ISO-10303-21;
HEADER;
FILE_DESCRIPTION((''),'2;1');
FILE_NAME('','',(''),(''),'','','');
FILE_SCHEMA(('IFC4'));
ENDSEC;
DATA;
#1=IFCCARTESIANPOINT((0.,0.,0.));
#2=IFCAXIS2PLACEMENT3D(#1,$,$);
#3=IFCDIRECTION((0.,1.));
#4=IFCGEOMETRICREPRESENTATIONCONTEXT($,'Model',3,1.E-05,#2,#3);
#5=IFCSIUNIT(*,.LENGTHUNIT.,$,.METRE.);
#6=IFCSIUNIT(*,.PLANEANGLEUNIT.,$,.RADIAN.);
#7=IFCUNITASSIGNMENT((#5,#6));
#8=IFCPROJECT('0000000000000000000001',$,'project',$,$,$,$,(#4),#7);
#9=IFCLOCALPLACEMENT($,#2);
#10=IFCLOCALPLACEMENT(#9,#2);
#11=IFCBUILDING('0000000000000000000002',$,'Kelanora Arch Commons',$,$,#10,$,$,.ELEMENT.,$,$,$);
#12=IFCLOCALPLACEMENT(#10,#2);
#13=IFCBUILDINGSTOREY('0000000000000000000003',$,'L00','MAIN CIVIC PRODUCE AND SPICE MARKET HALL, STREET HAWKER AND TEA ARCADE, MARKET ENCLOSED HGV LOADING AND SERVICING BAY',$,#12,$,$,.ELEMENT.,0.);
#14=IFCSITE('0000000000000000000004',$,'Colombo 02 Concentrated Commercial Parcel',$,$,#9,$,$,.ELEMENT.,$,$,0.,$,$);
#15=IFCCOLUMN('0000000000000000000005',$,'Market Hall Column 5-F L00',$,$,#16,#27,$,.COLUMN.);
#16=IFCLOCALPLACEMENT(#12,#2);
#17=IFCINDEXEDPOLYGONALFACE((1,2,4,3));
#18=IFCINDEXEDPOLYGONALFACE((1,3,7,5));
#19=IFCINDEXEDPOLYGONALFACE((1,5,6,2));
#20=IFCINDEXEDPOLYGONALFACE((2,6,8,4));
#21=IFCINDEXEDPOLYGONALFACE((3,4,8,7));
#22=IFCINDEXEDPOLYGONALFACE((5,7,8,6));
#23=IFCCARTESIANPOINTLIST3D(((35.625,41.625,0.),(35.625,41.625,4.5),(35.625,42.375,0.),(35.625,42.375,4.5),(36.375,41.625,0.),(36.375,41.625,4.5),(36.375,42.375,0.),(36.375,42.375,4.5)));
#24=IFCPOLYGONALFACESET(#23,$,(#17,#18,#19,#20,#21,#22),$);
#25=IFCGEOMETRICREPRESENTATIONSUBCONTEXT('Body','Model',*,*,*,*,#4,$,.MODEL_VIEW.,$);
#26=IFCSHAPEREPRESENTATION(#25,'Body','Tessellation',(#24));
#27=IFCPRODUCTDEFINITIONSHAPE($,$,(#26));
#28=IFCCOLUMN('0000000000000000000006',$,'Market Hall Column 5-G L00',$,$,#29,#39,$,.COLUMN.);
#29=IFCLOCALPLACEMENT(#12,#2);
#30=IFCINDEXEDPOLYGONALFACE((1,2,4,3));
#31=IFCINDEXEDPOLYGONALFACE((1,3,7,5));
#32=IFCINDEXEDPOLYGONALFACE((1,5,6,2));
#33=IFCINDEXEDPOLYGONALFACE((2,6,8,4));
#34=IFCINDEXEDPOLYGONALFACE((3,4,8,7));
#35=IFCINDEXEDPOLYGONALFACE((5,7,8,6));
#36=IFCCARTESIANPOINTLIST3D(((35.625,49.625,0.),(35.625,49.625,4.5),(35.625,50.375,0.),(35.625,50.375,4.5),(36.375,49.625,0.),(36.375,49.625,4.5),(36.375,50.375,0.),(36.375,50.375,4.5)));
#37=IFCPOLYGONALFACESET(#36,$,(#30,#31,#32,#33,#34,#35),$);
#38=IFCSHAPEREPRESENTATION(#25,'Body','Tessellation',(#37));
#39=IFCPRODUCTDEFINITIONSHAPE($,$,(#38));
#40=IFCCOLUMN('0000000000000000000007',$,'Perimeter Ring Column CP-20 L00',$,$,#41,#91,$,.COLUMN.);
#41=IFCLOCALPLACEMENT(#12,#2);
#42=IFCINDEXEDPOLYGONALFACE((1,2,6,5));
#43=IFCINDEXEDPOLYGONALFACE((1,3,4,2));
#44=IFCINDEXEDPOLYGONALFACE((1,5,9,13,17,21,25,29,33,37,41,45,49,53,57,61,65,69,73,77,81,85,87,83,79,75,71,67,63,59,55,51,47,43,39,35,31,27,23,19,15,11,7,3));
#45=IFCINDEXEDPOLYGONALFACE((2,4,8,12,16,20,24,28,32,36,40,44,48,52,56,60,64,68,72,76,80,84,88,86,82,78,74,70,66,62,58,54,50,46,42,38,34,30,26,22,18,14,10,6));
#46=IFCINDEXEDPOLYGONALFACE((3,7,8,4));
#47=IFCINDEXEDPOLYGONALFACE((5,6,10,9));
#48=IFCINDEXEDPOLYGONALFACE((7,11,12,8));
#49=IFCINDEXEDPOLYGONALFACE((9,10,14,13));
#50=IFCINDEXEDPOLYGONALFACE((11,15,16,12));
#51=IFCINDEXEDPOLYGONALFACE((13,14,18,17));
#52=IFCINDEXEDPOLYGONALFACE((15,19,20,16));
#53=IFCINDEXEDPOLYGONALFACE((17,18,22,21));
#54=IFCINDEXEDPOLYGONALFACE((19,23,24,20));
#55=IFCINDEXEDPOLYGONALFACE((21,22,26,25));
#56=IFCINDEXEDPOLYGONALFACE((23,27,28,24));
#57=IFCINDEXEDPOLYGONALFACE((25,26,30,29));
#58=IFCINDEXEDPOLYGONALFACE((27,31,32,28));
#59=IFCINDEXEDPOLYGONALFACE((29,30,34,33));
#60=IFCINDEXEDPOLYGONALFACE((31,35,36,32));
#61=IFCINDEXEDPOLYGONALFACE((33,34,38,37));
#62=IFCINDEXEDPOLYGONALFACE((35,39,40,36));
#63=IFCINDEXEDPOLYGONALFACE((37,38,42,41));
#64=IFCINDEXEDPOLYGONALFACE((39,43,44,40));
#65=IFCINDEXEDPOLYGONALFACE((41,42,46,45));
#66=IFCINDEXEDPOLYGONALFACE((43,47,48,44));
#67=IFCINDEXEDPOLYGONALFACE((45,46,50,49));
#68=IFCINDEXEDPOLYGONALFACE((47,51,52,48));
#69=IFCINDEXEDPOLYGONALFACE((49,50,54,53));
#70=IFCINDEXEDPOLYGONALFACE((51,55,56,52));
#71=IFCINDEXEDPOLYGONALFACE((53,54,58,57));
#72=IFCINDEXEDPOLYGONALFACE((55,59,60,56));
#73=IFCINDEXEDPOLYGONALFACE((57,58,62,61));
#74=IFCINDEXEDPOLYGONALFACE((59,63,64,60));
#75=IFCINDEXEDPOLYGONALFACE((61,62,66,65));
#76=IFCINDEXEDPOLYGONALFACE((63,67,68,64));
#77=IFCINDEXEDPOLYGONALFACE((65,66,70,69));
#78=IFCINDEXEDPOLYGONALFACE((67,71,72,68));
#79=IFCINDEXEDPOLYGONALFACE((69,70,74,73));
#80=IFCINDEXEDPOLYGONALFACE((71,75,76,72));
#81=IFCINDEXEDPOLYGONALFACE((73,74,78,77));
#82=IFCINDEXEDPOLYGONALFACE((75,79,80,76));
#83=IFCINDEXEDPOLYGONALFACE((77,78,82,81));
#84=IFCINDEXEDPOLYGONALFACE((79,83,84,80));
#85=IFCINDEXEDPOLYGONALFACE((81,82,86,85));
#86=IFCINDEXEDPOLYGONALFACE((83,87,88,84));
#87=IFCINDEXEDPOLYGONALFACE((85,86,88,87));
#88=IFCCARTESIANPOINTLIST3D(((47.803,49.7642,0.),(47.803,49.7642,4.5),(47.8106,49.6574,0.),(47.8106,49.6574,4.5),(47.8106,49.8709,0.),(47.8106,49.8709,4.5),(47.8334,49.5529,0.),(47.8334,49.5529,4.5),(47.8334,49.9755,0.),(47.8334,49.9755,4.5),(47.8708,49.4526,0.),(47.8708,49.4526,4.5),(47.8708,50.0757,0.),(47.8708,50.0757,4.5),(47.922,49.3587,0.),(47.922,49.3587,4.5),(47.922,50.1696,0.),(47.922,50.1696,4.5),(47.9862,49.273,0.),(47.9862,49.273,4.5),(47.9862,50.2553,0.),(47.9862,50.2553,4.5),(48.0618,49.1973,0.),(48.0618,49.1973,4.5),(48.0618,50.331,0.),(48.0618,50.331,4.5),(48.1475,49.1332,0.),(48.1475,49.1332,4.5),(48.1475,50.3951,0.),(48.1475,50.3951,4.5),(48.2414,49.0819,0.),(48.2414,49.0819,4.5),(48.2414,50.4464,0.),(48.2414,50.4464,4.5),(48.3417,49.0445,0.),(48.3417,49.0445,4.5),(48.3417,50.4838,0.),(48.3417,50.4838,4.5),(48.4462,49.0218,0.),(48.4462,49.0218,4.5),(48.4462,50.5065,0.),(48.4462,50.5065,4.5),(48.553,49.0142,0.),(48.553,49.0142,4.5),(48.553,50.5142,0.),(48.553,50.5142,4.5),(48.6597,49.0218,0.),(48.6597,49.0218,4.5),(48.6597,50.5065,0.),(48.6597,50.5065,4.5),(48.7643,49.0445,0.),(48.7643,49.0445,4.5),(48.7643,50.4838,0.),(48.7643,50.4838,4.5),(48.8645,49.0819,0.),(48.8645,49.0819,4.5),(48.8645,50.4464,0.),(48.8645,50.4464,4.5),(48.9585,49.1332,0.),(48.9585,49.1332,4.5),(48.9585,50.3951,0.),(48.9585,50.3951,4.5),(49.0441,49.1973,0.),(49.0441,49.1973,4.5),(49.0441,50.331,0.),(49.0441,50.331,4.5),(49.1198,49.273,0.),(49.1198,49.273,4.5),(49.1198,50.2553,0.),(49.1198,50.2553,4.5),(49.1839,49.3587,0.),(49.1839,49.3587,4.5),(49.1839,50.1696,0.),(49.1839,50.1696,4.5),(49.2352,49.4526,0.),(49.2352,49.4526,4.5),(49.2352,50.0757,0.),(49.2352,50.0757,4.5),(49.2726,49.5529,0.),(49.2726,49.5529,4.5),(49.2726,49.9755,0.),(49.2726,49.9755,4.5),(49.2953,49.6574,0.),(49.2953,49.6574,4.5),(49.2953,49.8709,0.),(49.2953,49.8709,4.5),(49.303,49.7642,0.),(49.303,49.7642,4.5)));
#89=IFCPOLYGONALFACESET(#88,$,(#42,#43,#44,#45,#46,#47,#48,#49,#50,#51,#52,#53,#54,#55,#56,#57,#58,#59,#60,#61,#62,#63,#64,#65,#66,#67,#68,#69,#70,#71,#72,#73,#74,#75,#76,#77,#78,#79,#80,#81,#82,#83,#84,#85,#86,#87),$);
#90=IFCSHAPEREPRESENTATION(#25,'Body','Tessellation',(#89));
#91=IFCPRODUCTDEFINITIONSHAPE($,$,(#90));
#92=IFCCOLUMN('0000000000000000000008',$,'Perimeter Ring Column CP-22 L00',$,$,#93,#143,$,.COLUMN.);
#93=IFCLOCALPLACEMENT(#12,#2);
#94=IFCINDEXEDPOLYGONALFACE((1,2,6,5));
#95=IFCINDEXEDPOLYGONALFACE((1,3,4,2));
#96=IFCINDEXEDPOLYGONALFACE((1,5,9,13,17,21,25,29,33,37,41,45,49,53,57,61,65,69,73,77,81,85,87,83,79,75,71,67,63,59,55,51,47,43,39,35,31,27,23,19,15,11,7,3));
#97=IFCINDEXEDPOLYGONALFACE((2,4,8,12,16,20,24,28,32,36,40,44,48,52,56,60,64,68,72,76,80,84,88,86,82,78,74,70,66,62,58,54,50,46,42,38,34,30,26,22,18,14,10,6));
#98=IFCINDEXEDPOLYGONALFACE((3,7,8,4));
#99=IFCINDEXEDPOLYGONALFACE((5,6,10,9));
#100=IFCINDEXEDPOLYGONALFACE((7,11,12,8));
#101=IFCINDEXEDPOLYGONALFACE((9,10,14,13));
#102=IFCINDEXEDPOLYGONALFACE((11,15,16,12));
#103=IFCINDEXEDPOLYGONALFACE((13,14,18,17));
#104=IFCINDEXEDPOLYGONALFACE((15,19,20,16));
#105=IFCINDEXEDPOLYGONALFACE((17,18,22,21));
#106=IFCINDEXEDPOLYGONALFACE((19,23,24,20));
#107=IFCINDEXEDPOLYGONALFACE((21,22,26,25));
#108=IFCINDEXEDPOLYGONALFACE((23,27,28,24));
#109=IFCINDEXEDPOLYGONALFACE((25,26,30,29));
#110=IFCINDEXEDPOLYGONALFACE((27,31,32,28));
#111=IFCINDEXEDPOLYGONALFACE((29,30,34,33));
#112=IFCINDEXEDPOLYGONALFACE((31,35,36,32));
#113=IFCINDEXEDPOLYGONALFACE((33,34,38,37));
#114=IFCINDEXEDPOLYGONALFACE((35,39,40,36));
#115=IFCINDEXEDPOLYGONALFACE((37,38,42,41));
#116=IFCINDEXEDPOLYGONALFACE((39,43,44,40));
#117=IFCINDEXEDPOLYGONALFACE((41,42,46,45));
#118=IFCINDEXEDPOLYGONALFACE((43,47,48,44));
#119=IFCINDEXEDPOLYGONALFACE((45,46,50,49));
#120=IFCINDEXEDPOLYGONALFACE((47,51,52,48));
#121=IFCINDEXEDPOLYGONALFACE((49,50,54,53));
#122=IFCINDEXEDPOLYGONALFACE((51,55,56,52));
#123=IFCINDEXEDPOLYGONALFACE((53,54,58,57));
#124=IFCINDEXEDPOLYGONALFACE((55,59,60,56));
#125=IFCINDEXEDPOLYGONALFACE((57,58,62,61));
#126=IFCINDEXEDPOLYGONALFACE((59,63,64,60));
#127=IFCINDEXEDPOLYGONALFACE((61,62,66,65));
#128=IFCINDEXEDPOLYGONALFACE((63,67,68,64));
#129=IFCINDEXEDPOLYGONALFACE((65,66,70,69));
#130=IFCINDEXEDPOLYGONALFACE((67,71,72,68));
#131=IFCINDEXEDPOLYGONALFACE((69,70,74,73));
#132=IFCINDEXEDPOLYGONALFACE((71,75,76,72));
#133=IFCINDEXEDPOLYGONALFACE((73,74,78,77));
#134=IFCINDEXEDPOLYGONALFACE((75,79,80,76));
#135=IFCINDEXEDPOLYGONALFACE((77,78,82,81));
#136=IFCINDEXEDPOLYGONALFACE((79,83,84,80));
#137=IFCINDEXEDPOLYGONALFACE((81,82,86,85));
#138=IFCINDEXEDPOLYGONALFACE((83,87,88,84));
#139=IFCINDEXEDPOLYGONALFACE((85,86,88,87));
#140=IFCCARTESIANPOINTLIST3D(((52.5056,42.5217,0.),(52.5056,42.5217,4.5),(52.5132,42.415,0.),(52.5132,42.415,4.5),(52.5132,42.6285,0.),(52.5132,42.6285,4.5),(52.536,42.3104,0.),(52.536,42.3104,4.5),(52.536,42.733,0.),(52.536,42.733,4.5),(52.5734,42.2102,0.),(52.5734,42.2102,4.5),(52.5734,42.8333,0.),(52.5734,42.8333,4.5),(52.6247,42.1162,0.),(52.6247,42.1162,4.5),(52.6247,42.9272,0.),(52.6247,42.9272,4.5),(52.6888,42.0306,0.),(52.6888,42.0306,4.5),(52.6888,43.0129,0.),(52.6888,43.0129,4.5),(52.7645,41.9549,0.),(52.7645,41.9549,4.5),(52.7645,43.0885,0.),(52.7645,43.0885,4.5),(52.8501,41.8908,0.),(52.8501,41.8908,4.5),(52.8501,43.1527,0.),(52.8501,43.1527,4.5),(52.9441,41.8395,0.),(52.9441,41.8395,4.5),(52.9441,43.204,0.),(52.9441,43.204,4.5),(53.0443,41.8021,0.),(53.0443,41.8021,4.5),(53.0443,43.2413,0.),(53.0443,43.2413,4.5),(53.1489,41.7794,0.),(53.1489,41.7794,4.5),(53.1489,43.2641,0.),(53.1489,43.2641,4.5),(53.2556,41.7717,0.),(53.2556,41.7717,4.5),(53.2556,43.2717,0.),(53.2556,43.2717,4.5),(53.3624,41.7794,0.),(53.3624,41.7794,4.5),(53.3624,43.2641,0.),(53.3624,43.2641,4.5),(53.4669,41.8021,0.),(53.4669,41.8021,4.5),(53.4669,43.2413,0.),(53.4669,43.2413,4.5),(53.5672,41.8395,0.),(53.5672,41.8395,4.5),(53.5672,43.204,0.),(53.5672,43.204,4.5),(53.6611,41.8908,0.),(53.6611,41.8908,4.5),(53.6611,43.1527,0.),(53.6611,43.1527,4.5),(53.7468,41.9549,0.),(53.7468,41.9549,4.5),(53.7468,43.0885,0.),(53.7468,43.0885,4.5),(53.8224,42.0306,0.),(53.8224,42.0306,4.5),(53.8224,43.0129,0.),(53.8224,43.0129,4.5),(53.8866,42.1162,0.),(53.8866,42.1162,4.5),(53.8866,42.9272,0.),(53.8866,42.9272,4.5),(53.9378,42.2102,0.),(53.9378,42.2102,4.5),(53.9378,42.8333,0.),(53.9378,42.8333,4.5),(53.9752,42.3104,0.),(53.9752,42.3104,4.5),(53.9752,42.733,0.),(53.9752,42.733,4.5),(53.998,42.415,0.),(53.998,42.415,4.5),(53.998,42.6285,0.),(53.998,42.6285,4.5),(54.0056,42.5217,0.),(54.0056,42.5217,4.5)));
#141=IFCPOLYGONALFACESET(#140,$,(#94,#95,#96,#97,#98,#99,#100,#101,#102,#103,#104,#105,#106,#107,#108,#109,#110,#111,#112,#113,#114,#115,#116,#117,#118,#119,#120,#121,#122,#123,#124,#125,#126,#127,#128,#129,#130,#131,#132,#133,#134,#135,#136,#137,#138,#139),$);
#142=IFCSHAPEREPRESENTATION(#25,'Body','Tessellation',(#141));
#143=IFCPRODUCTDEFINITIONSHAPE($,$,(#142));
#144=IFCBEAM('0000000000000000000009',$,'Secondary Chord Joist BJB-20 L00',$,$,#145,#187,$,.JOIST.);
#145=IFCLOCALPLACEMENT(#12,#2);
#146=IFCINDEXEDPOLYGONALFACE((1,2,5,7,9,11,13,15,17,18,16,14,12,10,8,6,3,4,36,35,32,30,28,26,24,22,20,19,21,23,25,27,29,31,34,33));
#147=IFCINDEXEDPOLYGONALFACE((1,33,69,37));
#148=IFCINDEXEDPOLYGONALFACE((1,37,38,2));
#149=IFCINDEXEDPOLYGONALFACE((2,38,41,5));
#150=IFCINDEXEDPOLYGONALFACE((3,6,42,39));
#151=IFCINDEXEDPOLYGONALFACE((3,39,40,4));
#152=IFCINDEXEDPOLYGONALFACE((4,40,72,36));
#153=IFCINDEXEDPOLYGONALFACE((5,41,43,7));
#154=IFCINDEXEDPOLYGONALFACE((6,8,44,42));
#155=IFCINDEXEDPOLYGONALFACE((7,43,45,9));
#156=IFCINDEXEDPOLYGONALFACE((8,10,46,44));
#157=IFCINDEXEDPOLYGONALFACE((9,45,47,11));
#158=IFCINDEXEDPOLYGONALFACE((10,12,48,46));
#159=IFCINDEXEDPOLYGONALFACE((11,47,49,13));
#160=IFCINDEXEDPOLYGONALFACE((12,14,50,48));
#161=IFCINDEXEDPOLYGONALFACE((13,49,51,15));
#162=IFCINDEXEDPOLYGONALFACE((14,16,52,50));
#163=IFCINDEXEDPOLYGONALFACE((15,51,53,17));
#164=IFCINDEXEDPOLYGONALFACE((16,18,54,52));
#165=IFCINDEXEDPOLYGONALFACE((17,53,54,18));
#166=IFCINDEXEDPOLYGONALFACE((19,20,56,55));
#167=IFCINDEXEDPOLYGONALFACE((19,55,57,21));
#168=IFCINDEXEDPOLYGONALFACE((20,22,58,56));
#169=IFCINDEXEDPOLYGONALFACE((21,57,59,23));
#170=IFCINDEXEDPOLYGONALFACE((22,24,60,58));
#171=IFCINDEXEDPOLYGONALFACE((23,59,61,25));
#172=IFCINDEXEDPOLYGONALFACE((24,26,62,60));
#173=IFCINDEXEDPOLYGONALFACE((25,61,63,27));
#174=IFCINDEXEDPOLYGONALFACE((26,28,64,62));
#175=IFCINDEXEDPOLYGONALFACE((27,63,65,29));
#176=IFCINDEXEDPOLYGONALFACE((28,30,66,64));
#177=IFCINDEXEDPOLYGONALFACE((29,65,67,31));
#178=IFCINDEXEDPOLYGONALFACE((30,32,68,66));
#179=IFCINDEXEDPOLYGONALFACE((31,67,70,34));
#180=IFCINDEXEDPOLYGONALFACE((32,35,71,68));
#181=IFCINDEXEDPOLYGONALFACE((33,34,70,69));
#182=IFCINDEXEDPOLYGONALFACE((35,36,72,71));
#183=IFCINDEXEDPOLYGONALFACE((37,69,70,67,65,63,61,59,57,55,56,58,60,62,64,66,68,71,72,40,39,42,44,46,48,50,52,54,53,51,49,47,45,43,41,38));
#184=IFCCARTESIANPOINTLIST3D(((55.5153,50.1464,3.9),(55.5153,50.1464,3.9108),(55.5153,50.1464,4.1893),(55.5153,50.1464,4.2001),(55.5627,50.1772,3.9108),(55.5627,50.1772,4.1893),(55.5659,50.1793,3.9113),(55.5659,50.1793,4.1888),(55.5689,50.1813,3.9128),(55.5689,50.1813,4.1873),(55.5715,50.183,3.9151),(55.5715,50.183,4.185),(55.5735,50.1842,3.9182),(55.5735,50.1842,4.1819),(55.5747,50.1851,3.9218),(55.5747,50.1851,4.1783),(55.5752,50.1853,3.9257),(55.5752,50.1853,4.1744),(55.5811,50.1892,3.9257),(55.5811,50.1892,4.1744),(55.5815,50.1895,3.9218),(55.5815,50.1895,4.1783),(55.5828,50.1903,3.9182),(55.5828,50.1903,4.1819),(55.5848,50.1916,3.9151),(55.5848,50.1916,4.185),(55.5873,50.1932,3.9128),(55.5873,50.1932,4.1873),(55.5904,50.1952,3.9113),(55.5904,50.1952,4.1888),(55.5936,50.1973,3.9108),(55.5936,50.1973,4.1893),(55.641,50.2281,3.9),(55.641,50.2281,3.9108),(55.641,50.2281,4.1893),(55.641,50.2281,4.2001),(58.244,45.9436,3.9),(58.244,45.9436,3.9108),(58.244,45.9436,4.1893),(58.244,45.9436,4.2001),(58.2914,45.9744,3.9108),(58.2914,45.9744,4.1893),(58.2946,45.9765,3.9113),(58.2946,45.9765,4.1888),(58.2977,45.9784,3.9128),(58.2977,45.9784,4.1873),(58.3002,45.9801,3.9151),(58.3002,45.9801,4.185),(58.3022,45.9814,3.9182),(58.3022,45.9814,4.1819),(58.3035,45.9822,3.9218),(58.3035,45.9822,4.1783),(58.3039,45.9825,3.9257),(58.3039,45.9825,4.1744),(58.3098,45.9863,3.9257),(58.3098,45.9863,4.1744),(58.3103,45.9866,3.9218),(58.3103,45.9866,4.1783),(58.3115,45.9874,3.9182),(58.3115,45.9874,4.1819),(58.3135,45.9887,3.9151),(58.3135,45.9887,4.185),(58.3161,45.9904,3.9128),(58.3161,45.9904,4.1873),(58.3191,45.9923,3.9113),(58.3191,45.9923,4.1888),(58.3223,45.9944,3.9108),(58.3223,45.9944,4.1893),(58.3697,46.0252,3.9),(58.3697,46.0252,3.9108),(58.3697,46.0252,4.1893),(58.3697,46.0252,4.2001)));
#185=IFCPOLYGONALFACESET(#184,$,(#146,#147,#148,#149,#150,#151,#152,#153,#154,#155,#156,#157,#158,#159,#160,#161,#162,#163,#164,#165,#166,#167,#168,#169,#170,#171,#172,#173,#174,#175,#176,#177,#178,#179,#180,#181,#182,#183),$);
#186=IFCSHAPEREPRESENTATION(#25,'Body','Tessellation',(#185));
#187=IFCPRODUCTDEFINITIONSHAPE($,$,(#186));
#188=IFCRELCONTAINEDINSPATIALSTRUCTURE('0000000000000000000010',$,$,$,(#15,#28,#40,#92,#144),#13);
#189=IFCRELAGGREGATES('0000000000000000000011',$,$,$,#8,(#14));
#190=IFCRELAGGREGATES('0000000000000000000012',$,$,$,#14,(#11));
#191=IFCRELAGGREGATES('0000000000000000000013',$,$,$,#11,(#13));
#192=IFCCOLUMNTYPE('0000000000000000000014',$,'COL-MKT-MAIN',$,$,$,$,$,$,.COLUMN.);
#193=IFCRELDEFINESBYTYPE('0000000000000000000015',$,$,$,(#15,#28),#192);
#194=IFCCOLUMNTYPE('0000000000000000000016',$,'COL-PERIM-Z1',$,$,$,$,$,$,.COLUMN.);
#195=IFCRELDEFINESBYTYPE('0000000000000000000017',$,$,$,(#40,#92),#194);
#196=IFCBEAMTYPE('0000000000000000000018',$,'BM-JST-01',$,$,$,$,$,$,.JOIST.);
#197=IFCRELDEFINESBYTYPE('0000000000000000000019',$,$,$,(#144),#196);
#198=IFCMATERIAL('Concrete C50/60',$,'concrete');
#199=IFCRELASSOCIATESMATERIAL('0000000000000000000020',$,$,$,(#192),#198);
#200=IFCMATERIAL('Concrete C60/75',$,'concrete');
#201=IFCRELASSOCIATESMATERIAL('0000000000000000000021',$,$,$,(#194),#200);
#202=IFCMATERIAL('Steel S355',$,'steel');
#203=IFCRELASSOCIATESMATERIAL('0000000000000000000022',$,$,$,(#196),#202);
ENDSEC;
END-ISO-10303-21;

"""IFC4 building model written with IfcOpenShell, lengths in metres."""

from ifc_helpers import new_model, si_unit, direction, frame, origin, origin_2d, place, context, subcontext, project, spatial, rectangle, circle, i_section, extrude, material, material_profile, profile_set, type_object, element, save


model = new_model("IFC4")

# Units and contexts
model_context = context("Model", 3, precision=1e-05, world=origin(), true_north=direction((0.0, 1.0)))
body_context = subcontext(model_context, "Body", "Model", "MODEL_VIEW")
ifc_project = project(units=[si_unit("LENGTHUNIT", "METRE"), si_unit("PLANEANGLEUNIT", "RADIAN")], contexts=[model_context])

# Site, building, storey
site_placement = place(None, origin())
site = spatial("IfcSite", under=ifc_project, at=site_placement, Name="Colombo 02 Concentrated Commercial Parcel", CompositionType="ELEMENT", RefElevation=0.0)
building_placement = place(site_placement, origin())
building = spatial("IfcBuilding", under=site, at=building_placement, Name="Kelanora Arch Commons", CompositionType="ELEMENT")
storey_placement = place(building_placement, origin())
storey = spatial("IfcBuildingStorey", under=building, at=storey_placement, Name="L00", Description="MAIN CIVIC PRODUCE AND SPICE MARKET HALL, STREET HAWKER AND TEA ARCADE, MARKET ENCLOSED HGV LOADING AND SERVICING BAY", CompositionType="ELEMENT", Elevation=0.0)

# Columns
ifc_material_1 = material(Name="Concrete C50/60", Category="concrete")
ifc_material_profile_1 = material_profile(ifc_material_1, rectangle(XDim=0.75, YDim=0.75, at=origin_2d()), Name="RC750x750")
ifc_profile_set_1 = profile_set([ifc_material_profile_1], Name="Concrete C50/60")
column_type_1 = type_object("IfcColumnType", Name="COL-MKT-MAIN", PredefinedType="COLUMN", material=ifc_profile_set_1)
for number, where, z_axis, x_axis, name in (
    (1, (36.0, 42.0, 0.0), (0.0, 0.0, 1.0), (1.0, 0.0, 0.0), "Market Hall Column 5-F L00"),
    (2, (36.0, 50.0, 0.0), (0.0, 0.0, 1.0), (1.0, 0.0, 0.0), "Market Hall Column 5-G L00"),
):
    element("IfcColumn", number, at=place(storey_placement, frame(where, z_axis=z_axis, x_axis=x_axis)), inside=storey, type_object=column_type_1, Name=name, PredefinedType="COLUMN", context=body_context, shape_type="SweptSolid", body=[
        extrude(rectangle(XDim=0.75, YDim=0.75, at=origin_2d()), origin(), (0.0, 0.0, 1.0), 4.5),
    ])
ifc_material_2 = material(Name="Concrete C60/75", Category="concrete")
ifc_material_profile_2 = material_profile(ifc_material_2, circle(Radius=0.75, at=origin_2d()), Name="RCC1500")
ifc_profile_set_2 = profile_set([ifc_material_profile_2], Name="Concrete C60/75")
column_type_2 = type_object("IfcColumnType", Name="COL-PERIM-Z1", PredefinedType="COLUMN", material=ifc_profile_set_2)
for number, where, z_axis, x_axis, name in (
    (3, (48.553, 49.7642, 0.0), (0.0, 0.0, 1.0), (1.0, 0.0, 0.0), "Perimeter Ring Column CP-20 L00"),
    (4, (53.2556, 42.5217, 0.0), (0.0, 0.0, 1.0), (1.0, 0.0, 0.0), "Perimeter Ring Column CP-22 L00"),
):
    element("IfcColumn", number, at=place(storey_placement, frame(where, z_axis=z_axis, x_axis=x_axis)), inside=storey, type_object=column_type_2, Name=name, PredefinedType="COLUMN", context=body_context, shape_type="SweptSolid", body=[
        extrude(circle(Radius=0.75, at=origin_2d()), origin(), (0.0, 0.0, 1.0), 4.5),
    ])

# Beam
ifc_material_3 = material(Name="Steel S355", Category="steel")
ifc_material_profile_3 = material_profile(ifc_material_3, i_section(OverallWidth=0.1499, OverallDepth=0.3, WebThickness=0.0071, FlangeThickness=0.0107, FilletRadius=0.0149, at=origin_2d()), Name="IPE300")
ifc_profile_set_3 = profile_set([ifc_material_profile_3], Name="Steel S355")
beam_type_1 = type_object("IfcBeamType", Name="BM-JST-01", PredefinedType="JOIST", material=ifc_profile_set_3)
beam_1_placement = place(storey_placement, frame((55.5781, 50.1873, 4.05), z_axis=(0.544552, -0.838727, 0.0), x_axis=(0.838727, 0.544552, 0.0)))
element("IfcBeam", 5, at=beam_1_placement, inside=storey, type_object=beam_type_1, Name="Secondary Chord Joist BJB-20 L00", PredefinedType="JOIST", context=body_context, shape_type="SweptSolid", body=[
    extrude(i_section(OverallWidth=0.1499, OverallDepth=0.3, WebThickness=0.0071, FlangeThickness=0.0107, FilletRadius=0.0149, at=origin_2d()), origin(), (0.0, 0.0, 1.0), 5.011),
])

save(model, "model.ifc")
